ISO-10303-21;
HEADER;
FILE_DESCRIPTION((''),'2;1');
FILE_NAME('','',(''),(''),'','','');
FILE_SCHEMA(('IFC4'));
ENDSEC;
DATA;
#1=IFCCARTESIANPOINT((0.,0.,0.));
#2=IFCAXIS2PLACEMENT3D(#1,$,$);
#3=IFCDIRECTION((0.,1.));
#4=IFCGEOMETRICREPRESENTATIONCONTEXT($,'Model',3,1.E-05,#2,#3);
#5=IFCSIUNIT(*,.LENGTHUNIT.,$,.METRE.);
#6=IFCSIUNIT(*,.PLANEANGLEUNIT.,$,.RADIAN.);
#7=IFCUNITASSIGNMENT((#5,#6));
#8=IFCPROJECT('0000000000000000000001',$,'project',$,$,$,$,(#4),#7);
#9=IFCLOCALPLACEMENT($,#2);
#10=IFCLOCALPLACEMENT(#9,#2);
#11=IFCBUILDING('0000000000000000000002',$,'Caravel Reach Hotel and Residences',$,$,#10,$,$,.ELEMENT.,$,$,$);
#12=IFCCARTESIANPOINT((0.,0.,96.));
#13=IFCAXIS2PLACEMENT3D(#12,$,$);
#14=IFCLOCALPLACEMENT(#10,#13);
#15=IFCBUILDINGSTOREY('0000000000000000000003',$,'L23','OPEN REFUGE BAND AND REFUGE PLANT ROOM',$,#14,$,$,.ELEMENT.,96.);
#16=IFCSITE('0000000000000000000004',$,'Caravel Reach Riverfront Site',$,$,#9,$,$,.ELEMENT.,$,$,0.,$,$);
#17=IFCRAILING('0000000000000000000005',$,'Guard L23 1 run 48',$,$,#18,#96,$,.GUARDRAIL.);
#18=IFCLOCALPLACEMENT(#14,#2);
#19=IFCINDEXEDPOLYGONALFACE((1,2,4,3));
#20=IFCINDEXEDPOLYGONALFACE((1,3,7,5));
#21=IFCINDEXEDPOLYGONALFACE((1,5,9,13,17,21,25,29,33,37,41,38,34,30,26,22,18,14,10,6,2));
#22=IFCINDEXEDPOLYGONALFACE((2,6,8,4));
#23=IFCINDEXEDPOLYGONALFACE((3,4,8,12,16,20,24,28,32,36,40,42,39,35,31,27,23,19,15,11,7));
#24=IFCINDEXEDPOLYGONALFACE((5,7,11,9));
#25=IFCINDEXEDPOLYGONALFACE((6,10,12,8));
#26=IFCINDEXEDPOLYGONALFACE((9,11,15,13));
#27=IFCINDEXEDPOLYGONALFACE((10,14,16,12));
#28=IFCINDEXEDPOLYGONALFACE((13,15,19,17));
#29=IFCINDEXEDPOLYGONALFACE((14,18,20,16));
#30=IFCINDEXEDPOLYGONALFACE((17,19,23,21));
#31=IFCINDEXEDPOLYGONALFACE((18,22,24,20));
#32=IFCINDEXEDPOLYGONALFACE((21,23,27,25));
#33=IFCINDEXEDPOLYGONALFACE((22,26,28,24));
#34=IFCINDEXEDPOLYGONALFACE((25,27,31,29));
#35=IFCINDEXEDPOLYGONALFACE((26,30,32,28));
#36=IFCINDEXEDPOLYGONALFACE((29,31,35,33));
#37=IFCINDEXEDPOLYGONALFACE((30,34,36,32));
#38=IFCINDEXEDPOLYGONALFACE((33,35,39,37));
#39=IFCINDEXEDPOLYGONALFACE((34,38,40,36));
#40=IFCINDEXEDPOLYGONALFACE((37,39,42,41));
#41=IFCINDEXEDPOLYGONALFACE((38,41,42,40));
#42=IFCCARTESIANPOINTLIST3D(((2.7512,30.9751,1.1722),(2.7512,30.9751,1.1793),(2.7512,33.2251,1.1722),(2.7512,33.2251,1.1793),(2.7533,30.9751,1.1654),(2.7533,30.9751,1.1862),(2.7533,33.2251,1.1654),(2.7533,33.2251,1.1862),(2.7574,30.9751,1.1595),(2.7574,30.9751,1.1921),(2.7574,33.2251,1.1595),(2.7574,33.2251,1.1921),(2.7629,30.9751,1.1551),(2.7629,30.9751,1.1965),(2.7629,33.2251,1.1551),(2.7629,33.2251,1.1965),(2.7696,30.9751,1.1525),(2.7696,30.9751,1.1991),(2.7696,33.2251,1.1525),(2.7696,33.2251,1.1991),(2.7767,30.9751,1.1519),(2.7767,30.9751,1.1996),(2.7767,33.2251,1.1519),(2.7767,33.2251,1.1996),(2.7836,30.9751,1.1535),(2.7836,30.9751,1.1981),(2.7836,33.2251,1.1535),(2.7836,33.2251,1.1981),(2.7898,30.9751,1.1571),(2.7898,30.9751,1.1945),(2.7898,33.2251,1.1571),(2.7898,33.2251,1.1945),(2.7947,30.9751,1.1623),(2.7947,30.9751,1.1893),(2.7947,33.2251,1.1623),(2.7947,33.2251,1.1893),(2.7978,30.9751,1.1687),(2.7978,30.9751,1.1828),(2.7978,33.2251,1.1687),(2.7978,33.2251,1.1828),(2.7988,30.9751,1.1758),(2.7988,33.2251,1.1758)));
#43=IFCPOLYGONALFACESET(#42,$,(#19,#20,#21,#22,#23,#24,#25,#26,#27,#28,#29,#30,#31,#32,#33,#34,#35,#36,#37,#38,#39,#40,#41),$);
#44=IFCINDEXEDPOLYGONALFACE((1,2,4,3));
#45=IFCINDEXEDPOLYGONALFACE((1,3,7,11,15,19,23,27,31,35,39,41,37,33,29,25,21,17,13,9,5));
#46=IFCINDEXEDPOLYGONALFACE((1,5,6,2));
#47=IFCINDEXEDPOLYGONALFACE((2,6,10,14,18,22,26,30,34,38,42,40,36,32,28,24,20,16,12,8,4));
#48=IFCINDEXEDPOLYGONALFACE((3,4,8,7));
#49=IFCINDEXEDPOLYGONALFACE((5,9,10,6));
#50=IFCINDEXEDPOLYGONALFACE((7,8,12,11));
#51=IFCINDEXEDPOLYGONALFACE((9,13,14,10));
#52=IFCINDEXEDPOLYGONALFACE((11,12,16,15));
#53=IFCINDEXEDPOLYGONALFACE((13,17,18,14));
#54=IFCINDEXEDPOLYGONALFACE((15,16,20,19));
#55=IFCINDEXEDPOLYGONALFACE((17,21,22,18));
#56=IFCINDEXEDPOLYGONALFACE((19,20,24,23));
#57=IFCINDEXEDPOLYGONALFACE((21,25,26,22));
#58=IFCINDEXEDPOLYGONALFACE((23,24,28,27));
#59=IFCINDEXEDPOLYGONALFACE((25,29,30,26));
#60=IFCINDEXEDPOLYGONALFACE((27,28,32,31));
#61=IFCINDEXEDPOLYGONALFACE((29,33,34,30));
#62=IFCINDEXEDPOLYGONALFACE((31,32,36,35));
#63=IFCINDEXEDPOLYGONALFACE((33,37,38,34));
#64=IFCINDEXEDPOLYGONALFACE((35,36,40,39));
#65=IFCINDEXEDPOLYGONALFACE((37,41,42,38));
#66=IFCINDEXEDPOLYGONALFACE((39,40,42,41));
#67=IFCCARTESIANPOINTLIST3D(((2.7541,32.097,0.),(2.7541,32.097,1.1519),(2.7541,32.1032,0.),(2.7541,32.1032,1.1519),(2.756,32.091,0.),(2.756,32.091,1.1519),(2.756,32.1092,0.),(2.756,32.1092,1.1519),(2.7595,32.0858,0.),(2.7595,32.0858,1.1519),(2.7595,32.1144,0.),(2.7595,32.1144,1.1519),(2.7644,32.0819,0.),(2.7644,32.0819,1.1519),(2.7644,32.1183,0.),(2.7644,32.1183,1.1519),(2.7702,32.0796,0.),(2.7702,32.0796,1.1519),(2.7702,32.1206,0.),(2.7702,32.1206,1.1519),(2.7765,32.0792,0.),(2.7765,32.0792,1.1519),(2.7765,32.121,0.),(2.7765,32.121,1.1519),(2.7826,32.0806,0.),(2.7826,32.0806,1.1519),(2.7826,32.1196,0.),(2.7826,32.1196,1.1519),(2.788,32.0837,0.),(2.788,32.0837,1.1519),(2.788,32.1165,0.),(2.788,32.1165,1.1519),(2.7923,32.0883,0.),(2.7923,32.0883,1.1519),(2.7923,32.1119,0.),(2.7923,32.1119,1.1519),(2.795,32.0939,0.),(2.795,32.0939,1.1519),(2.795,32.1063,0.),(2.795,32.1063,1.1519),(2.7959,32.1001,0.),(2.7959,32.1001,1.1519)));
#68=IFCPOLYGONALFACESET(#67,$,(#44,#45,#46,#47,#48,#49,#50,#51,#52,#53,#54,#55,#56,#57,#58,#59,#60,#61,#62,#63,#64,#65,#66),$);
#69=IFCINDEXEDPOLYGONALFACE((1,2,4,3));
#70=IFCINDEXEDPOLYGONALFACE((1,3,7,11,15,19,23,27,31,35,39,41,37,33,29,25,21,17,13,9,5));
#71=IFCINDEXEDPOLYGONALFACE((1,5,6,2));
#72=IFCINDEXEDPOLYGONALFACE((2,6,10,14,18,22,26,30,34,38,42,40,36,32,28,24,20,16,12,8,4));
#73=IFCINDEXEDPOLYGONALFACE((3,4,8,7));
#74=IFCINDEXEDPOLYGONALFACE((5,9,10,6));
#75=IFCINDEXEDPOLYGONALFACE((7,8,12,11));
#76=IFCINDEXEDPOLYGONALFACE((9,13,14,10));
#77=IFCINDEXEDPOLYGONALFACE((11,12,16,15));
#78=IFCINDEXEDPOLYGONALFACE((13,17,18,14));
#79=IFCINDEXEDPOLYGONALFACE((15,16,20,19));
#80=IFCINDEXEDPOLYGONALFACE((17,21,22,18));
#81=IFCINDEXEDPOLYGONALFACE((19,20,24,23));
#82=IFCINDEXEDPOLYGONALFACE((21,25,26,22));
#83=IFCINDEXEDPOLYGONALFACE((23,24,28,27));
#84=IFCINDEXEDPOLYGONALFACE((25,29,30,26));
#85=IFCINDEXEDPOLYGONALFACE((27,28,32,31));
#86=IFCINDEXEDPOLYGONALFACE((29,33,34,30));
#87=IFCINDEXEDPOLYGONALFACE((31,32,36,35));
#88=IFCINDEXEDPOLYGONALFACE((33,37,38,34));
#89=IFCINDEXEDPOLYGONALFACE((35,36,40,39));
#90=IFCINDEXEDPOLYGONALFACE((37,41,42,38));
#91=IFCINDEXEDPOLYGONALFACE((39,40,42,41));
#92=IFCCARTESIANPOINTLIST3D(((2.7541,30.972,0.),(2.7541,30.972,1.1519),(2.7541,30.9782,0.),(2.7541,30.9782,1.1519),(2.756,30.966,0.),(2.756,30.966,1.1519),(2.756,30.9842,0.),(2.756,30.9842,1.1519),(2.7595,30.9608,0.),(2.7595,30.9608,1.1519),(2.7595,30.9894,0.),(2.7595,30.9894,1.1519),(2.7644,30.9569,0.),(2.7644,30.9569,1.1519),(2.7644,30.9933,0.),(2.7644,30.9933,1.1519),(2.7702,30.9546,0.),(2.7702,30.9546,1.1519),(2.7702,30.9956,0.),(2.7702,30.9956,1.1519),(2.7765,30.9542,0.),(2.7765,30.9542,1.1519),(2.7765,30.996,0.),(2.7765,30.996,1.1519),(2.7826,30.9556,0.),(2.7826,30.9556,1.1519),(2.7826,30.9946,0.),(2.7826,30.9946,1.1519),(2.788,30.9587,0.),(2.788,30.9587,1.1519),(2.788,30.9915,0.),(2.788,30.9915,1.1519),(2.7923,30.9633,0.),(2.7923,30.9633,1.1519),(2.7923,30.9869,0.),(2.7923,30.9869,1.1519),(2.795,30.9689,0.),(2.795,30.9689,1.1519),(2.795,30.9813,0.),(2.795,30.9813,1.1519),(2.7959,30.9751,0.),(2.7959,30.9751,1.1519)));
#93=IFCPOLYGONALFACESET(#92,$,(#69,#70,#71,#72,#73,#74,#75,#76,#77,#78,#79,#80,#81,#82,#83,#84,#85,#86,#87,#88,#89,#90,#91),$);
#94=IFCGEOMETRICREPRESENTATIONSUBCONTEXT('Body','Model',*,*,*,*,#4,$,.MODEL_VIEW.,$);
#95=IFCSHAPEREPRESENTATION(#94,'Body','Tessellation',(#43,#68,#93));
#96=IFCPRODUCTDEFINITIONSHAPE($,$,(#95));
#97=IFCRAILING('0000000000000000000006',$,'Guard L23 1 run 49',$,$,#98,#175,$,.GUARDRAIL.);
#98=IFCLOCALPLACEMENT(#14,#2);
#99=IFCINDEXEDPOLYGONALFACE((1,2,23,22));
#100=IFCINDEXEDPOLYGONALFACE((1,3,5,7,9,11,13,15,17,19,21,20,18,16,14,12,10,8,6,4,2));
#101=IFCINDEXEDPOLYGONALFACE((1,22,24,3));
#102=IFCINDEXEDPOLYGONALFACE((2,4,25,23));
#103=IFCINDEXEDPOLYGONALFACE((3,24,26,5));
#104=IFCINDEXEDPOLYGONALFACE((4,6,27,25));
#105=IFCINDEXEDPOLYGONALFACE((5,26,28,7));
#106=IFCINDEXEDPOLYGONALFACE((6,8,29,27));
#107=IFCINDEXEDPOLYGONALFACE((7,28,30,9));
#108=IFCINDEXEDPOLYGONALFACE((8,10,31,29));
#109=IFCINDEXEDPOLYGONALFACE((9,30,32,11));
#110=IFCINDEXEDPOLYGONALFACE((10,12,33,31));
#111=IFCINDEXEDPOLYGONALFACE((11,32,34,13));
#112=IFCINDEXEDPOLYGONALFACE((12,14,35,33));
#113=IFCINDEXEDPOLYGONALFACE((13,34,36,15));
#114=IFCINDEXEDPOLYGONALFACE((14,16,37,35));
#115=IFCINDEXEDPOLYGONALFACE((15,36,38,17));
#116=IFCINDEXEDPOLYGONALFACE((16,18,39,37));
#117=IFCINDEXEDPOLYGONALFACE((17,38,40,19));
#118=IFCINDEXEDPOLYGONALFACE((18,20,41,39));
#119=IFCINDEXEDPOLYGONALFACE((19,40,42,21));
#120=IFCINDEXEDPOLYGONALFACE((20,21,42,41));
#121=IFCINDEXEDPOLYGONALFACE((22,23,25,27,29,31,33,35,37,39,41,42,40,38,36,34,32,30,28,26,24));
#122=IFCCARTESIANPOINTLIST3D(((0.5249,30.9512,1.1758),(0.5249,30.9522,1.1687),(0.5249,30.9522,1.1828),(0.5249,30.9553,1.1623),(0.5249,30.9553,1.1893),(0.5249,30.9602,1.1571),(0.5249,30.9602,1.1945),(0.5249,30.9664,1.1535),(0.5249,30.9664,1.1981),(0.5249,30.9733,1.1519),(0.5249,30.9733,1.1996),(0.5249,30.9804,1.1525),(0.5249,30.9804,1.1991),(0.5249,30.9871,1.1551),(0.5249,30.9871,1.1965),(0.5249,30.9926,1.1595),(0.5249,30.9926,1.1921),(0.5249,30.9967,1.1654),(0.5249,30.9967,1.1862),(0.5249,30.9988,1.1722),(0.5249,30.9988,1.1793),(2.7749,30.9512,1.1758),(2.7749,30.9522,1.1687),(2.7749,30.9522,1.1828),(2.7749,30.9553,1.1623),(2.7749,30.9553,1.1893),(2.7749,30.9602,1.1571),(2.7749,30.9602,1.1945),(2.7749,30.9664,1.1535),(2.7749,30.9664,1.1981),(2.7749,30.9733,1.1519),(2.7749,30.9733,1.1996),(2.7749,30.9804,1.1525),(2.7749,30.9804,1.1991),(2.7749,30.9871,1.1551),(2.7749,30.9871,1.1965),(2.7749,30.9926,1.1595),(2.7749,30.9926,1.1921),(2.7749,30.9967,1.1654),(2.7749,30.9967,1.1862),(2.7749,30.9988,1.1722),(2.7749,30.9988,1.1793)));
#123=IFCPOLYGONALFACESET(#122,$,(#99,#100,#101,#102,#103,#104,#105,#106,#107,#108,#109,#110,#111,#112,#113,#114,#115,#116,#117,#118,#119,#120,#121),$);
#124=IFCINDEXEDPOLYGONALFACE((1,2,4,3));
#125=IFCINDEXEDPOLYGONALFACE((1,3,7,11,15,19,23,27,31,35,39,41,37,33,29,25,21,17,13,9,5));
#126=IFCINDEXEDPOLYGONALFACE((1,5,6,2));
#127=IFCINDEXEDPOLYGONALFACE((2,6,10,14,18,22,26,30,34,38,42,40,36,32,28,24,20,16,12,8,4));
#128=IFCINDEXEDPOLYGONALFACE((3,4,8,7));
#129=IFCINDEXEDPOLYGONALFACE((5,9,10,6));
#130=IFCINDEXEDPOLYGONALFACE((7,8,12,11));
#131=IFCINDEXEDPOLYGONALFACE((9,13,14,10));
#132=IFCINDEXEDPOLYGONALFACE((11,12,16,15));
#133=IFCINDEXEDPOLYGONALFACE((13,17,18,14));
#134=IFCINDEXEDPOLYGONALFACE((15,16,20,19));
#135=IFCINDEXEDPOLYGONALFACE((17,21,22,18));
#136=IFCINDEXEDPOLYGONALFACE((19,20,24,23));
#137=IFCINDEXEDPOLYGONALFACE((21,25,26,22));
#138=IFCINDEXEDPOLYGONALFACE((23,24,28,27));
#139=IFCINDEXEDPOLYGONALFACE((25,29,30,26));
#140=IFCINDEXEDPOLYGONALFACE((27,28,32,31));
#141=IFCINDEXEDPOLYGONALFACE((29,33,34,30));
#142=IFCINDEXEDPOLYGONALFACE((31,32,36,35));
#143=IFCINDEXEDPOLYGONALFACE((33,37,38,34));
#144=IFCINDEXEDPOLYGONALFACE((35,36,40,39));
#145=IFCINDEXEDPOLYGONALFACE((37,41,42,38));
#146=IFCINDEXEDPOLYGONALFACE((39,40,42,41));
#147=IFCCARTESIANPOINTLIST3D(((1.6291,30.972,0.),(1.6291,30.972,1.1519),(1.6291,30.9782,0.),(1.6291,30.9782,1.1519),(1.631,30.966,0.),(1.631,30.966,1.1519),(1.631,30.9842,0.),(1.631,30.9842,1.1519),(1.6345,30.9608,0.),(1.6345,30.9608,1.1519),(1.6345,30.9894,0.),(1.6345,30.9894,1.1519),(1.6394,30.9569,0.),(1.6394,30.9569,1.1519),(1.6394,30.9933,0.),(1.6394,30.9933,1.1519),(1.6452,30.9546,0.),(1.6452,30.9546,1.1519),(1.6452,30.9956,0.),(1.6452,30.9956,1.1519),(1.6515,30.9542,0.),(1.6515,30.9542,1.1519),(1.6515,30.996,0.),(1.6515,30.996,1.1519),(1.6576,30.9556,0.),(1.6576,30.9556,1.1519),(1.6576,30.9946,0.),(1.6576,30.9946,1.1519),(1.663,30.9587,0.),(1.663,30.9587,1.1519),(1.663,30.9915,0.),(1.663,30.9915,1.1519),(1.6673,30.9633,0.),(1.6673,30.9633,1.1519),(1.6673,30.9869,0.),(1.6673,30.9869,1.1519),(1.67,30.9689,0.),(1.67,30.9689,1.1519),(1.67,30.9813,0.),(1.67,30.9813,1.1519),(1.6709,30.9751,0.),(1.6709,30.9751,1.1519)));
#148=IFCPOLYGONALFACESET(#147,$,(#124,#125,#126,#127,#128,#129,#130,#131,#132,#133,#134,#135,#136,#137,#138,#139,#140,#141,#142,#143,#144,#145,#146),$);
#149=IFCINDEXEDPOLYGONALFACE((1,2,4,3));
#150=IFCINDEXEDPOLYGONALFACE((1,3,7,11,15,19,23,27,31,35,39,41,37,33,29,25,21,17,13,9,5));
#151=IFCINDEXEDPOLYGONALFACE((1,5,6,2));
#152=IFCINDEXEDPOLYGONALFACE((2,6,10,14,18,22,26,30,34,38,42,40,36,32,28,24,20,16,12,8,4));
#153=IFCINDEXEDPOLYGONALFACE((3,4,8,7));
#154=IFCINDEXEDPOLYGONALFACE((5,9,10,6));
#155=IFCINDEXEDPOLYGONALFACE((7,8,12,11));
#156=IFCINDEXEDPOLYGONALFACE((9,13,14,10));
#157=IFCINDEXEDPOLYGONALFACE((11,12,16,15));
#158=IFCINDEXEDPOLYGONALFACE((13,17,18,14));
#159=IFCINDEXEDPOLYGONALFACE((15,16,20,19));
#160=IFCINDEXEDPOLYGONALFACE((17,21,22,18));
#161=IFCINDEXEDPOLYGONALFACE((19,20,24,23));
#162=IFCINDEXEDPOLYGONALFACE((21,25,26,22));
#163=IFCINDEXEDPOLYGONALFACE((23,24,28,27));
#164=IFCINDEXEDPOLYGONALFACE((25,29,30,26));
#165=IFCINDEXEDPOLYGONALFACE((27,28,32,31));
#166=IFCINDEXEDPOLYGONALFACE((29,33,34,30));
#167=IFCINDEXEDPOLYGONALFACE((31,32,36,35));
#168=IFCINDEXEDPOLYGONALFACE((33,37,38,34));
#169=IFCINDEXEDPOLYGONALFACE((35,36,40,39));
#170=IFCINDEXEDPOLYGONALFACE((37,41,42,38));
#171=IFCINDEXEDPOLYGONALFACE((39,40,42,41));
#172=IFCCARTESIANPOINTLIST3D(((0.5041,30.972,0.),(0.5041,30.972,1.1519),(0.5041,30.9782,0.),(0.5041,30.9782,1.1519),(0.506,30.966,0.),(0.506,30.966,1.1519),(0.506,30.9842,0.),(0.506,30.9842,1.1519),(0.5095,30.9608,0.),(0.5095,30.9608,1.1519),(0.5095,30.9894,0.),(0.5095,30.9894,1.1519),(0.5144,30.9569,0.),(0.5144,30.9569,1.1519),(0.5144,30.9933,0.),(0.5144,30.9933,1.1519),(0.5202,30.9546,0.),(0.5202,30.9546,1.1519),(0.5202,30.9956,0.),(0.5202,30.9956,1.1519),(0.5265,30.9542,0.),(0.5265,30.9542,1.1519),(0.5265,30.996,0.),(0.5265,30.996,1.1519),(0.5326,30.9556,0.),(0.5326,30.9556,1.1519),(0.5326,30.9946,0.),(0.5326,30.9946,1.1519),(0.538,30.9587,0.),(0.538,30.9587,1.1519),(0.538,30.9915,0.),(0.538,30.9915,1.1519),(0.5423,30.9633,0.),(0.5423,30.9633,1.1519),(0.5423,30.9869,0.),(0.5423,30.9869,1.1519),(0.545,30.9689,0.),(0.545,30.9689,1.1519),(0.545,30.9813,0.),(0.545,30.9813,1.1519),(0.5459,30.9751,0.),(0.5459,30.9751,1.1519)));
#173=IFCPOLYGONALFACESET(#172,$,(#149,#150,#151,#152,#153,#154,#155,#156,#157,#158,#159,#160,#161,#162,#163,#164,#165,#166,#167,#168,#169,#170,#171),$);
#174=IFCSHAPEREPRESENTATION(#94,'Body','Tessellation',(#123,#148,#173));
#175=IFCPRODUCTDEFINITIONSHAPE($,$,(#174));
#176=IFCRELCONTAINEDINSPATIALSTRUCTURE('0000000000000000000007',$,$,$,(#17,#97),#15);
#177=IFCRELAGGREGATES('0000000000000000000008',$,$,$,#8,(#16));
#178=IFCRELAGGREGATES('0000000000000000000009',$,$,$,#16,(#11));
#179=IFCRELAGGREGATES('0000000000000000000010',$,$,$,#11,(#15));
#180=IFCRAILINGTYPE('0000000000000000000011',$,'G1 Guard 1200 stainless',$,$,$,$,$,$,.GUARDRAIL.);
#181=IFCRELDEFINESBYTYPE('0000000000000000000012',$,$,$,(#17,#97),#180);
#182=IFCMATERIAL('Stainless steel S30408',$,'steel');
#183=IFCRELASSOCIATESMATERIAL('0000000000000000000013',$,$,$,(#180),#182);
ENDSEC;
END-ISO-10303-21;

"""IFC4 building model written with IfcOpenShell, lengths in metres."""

from ifc_helpers import new_model, si_unit, direction, frame, origin, origin_2d, place, context, subcontext, project, spatial, circle, extrude, material, type_object, element, save


model = new_model("IFC4")

# Units and contexts
model_context = context("Model", 3, precision=1e-05, world=origin(), true_north=direction((0.0, 1.0)))
body_context = subcontext(model_context, "Body", "Model", "MODEL_VIEW")
ifc_project = project(units=[si_unit("LENGTHUNIT", "METRE"), si_unit("PLANEANGLEUNIT", "RADIAN")], contexts=[model_context])

# Site, building, storey
site_placement = place(None, origin())
site = spatial("IfcSite", under=ifc_project, at=site_placement, Name="Caravel Reach Riverfront Site", CompositionType="ELEMENT", RefElevation=0.0)
building_placement = place(site_placement, origin())
building = spatial("IfcBuilding", under=site, at=building_placement, Name="Caravel Reach Hotel and Residences", CompositionType="ELEMENT")
storey_placement = place(building_placement, frame((0.0, 0.0, 96.0)))
storey = spatial("IfcBuildingStorey", under=building, at=storey_placement, Name="L23", Description="OPEN REFUGE BAND AND REFUGE PLANT ROOM", CompositionType="ELEMENT", Elevation=96.0)

# Railings
ifc_material_1 = material(Name="Stainless steel S30408", Category="steel")
railing_type = type_object("IfcRailingType", Name="G1 Guard 1200 stainless", PredefinedType="GUARDRAIL", material=ifc_material_1)
railing_1_placement = place(storey_placement, frame((2.7749, 33.2251, 0.0)))
element("IfcRailing", 1, at=railing_1_placement, inside=storey, type_object=railing_type, Name="Guard L23 1 run 48", PredefinedType="GUARDRAIL", context=body_context, shape_type="SweptSolid", body=[
    extrude(circle(Radius=0.0239, at=origin_2d()), frame((0.0, 0.0, 1.1758), z_axis=(0.0, -1.0, 0.0), x_axis=(1.0, 0.0, 0.0)), (0.0, 0.0, 1.0), 2.25),
    extrude(circle(Radius=0.021, at=origin_2d()), frame((0.0, -1.125, 0.0)), (0.0, 0.0, 1.0), 1.1519),
    extrude(circle(Radius=0.021, at=origin_2d()), frame((0.0, -2.25, 0.0)), (0.0, 0.0, 1.0), 1.1519),
])
railing_2_placement = place(storey_placement, frame((2.7749, 30.9751, 0.0)))
element("IfcRailing", 2, at=railing_2_placement, inside=storey, type_object=railing_type, Name="Guard L23 1 run 49", PredefinedType="GUARDRAIL", context=body_context, shape_type="SweptSolid", body=[
    extrude(circle(Radius=0.0239, at=origin_2d()), frame((0.0, 0.0, 1.1758), z_axis=(-1.0, 0.0, 0.0), x_axis=(0.0, -1.0, 0.0)), (0.0, 0.0, 1.0), 2.25),
    extrude(circle(Radius=0.021, at=origin_2d()), frame((-1.125, 0.0, 0.0)), (0.0, 0.0, 1.0), 1.1519),
    extrude(circle(Radius=0.021, at=origin_2d()), frame((-2.25, 0.0, 0.0)), (0.0, 0.0, 1.0), 1.1519),
])

save(model, "model.ifc")
